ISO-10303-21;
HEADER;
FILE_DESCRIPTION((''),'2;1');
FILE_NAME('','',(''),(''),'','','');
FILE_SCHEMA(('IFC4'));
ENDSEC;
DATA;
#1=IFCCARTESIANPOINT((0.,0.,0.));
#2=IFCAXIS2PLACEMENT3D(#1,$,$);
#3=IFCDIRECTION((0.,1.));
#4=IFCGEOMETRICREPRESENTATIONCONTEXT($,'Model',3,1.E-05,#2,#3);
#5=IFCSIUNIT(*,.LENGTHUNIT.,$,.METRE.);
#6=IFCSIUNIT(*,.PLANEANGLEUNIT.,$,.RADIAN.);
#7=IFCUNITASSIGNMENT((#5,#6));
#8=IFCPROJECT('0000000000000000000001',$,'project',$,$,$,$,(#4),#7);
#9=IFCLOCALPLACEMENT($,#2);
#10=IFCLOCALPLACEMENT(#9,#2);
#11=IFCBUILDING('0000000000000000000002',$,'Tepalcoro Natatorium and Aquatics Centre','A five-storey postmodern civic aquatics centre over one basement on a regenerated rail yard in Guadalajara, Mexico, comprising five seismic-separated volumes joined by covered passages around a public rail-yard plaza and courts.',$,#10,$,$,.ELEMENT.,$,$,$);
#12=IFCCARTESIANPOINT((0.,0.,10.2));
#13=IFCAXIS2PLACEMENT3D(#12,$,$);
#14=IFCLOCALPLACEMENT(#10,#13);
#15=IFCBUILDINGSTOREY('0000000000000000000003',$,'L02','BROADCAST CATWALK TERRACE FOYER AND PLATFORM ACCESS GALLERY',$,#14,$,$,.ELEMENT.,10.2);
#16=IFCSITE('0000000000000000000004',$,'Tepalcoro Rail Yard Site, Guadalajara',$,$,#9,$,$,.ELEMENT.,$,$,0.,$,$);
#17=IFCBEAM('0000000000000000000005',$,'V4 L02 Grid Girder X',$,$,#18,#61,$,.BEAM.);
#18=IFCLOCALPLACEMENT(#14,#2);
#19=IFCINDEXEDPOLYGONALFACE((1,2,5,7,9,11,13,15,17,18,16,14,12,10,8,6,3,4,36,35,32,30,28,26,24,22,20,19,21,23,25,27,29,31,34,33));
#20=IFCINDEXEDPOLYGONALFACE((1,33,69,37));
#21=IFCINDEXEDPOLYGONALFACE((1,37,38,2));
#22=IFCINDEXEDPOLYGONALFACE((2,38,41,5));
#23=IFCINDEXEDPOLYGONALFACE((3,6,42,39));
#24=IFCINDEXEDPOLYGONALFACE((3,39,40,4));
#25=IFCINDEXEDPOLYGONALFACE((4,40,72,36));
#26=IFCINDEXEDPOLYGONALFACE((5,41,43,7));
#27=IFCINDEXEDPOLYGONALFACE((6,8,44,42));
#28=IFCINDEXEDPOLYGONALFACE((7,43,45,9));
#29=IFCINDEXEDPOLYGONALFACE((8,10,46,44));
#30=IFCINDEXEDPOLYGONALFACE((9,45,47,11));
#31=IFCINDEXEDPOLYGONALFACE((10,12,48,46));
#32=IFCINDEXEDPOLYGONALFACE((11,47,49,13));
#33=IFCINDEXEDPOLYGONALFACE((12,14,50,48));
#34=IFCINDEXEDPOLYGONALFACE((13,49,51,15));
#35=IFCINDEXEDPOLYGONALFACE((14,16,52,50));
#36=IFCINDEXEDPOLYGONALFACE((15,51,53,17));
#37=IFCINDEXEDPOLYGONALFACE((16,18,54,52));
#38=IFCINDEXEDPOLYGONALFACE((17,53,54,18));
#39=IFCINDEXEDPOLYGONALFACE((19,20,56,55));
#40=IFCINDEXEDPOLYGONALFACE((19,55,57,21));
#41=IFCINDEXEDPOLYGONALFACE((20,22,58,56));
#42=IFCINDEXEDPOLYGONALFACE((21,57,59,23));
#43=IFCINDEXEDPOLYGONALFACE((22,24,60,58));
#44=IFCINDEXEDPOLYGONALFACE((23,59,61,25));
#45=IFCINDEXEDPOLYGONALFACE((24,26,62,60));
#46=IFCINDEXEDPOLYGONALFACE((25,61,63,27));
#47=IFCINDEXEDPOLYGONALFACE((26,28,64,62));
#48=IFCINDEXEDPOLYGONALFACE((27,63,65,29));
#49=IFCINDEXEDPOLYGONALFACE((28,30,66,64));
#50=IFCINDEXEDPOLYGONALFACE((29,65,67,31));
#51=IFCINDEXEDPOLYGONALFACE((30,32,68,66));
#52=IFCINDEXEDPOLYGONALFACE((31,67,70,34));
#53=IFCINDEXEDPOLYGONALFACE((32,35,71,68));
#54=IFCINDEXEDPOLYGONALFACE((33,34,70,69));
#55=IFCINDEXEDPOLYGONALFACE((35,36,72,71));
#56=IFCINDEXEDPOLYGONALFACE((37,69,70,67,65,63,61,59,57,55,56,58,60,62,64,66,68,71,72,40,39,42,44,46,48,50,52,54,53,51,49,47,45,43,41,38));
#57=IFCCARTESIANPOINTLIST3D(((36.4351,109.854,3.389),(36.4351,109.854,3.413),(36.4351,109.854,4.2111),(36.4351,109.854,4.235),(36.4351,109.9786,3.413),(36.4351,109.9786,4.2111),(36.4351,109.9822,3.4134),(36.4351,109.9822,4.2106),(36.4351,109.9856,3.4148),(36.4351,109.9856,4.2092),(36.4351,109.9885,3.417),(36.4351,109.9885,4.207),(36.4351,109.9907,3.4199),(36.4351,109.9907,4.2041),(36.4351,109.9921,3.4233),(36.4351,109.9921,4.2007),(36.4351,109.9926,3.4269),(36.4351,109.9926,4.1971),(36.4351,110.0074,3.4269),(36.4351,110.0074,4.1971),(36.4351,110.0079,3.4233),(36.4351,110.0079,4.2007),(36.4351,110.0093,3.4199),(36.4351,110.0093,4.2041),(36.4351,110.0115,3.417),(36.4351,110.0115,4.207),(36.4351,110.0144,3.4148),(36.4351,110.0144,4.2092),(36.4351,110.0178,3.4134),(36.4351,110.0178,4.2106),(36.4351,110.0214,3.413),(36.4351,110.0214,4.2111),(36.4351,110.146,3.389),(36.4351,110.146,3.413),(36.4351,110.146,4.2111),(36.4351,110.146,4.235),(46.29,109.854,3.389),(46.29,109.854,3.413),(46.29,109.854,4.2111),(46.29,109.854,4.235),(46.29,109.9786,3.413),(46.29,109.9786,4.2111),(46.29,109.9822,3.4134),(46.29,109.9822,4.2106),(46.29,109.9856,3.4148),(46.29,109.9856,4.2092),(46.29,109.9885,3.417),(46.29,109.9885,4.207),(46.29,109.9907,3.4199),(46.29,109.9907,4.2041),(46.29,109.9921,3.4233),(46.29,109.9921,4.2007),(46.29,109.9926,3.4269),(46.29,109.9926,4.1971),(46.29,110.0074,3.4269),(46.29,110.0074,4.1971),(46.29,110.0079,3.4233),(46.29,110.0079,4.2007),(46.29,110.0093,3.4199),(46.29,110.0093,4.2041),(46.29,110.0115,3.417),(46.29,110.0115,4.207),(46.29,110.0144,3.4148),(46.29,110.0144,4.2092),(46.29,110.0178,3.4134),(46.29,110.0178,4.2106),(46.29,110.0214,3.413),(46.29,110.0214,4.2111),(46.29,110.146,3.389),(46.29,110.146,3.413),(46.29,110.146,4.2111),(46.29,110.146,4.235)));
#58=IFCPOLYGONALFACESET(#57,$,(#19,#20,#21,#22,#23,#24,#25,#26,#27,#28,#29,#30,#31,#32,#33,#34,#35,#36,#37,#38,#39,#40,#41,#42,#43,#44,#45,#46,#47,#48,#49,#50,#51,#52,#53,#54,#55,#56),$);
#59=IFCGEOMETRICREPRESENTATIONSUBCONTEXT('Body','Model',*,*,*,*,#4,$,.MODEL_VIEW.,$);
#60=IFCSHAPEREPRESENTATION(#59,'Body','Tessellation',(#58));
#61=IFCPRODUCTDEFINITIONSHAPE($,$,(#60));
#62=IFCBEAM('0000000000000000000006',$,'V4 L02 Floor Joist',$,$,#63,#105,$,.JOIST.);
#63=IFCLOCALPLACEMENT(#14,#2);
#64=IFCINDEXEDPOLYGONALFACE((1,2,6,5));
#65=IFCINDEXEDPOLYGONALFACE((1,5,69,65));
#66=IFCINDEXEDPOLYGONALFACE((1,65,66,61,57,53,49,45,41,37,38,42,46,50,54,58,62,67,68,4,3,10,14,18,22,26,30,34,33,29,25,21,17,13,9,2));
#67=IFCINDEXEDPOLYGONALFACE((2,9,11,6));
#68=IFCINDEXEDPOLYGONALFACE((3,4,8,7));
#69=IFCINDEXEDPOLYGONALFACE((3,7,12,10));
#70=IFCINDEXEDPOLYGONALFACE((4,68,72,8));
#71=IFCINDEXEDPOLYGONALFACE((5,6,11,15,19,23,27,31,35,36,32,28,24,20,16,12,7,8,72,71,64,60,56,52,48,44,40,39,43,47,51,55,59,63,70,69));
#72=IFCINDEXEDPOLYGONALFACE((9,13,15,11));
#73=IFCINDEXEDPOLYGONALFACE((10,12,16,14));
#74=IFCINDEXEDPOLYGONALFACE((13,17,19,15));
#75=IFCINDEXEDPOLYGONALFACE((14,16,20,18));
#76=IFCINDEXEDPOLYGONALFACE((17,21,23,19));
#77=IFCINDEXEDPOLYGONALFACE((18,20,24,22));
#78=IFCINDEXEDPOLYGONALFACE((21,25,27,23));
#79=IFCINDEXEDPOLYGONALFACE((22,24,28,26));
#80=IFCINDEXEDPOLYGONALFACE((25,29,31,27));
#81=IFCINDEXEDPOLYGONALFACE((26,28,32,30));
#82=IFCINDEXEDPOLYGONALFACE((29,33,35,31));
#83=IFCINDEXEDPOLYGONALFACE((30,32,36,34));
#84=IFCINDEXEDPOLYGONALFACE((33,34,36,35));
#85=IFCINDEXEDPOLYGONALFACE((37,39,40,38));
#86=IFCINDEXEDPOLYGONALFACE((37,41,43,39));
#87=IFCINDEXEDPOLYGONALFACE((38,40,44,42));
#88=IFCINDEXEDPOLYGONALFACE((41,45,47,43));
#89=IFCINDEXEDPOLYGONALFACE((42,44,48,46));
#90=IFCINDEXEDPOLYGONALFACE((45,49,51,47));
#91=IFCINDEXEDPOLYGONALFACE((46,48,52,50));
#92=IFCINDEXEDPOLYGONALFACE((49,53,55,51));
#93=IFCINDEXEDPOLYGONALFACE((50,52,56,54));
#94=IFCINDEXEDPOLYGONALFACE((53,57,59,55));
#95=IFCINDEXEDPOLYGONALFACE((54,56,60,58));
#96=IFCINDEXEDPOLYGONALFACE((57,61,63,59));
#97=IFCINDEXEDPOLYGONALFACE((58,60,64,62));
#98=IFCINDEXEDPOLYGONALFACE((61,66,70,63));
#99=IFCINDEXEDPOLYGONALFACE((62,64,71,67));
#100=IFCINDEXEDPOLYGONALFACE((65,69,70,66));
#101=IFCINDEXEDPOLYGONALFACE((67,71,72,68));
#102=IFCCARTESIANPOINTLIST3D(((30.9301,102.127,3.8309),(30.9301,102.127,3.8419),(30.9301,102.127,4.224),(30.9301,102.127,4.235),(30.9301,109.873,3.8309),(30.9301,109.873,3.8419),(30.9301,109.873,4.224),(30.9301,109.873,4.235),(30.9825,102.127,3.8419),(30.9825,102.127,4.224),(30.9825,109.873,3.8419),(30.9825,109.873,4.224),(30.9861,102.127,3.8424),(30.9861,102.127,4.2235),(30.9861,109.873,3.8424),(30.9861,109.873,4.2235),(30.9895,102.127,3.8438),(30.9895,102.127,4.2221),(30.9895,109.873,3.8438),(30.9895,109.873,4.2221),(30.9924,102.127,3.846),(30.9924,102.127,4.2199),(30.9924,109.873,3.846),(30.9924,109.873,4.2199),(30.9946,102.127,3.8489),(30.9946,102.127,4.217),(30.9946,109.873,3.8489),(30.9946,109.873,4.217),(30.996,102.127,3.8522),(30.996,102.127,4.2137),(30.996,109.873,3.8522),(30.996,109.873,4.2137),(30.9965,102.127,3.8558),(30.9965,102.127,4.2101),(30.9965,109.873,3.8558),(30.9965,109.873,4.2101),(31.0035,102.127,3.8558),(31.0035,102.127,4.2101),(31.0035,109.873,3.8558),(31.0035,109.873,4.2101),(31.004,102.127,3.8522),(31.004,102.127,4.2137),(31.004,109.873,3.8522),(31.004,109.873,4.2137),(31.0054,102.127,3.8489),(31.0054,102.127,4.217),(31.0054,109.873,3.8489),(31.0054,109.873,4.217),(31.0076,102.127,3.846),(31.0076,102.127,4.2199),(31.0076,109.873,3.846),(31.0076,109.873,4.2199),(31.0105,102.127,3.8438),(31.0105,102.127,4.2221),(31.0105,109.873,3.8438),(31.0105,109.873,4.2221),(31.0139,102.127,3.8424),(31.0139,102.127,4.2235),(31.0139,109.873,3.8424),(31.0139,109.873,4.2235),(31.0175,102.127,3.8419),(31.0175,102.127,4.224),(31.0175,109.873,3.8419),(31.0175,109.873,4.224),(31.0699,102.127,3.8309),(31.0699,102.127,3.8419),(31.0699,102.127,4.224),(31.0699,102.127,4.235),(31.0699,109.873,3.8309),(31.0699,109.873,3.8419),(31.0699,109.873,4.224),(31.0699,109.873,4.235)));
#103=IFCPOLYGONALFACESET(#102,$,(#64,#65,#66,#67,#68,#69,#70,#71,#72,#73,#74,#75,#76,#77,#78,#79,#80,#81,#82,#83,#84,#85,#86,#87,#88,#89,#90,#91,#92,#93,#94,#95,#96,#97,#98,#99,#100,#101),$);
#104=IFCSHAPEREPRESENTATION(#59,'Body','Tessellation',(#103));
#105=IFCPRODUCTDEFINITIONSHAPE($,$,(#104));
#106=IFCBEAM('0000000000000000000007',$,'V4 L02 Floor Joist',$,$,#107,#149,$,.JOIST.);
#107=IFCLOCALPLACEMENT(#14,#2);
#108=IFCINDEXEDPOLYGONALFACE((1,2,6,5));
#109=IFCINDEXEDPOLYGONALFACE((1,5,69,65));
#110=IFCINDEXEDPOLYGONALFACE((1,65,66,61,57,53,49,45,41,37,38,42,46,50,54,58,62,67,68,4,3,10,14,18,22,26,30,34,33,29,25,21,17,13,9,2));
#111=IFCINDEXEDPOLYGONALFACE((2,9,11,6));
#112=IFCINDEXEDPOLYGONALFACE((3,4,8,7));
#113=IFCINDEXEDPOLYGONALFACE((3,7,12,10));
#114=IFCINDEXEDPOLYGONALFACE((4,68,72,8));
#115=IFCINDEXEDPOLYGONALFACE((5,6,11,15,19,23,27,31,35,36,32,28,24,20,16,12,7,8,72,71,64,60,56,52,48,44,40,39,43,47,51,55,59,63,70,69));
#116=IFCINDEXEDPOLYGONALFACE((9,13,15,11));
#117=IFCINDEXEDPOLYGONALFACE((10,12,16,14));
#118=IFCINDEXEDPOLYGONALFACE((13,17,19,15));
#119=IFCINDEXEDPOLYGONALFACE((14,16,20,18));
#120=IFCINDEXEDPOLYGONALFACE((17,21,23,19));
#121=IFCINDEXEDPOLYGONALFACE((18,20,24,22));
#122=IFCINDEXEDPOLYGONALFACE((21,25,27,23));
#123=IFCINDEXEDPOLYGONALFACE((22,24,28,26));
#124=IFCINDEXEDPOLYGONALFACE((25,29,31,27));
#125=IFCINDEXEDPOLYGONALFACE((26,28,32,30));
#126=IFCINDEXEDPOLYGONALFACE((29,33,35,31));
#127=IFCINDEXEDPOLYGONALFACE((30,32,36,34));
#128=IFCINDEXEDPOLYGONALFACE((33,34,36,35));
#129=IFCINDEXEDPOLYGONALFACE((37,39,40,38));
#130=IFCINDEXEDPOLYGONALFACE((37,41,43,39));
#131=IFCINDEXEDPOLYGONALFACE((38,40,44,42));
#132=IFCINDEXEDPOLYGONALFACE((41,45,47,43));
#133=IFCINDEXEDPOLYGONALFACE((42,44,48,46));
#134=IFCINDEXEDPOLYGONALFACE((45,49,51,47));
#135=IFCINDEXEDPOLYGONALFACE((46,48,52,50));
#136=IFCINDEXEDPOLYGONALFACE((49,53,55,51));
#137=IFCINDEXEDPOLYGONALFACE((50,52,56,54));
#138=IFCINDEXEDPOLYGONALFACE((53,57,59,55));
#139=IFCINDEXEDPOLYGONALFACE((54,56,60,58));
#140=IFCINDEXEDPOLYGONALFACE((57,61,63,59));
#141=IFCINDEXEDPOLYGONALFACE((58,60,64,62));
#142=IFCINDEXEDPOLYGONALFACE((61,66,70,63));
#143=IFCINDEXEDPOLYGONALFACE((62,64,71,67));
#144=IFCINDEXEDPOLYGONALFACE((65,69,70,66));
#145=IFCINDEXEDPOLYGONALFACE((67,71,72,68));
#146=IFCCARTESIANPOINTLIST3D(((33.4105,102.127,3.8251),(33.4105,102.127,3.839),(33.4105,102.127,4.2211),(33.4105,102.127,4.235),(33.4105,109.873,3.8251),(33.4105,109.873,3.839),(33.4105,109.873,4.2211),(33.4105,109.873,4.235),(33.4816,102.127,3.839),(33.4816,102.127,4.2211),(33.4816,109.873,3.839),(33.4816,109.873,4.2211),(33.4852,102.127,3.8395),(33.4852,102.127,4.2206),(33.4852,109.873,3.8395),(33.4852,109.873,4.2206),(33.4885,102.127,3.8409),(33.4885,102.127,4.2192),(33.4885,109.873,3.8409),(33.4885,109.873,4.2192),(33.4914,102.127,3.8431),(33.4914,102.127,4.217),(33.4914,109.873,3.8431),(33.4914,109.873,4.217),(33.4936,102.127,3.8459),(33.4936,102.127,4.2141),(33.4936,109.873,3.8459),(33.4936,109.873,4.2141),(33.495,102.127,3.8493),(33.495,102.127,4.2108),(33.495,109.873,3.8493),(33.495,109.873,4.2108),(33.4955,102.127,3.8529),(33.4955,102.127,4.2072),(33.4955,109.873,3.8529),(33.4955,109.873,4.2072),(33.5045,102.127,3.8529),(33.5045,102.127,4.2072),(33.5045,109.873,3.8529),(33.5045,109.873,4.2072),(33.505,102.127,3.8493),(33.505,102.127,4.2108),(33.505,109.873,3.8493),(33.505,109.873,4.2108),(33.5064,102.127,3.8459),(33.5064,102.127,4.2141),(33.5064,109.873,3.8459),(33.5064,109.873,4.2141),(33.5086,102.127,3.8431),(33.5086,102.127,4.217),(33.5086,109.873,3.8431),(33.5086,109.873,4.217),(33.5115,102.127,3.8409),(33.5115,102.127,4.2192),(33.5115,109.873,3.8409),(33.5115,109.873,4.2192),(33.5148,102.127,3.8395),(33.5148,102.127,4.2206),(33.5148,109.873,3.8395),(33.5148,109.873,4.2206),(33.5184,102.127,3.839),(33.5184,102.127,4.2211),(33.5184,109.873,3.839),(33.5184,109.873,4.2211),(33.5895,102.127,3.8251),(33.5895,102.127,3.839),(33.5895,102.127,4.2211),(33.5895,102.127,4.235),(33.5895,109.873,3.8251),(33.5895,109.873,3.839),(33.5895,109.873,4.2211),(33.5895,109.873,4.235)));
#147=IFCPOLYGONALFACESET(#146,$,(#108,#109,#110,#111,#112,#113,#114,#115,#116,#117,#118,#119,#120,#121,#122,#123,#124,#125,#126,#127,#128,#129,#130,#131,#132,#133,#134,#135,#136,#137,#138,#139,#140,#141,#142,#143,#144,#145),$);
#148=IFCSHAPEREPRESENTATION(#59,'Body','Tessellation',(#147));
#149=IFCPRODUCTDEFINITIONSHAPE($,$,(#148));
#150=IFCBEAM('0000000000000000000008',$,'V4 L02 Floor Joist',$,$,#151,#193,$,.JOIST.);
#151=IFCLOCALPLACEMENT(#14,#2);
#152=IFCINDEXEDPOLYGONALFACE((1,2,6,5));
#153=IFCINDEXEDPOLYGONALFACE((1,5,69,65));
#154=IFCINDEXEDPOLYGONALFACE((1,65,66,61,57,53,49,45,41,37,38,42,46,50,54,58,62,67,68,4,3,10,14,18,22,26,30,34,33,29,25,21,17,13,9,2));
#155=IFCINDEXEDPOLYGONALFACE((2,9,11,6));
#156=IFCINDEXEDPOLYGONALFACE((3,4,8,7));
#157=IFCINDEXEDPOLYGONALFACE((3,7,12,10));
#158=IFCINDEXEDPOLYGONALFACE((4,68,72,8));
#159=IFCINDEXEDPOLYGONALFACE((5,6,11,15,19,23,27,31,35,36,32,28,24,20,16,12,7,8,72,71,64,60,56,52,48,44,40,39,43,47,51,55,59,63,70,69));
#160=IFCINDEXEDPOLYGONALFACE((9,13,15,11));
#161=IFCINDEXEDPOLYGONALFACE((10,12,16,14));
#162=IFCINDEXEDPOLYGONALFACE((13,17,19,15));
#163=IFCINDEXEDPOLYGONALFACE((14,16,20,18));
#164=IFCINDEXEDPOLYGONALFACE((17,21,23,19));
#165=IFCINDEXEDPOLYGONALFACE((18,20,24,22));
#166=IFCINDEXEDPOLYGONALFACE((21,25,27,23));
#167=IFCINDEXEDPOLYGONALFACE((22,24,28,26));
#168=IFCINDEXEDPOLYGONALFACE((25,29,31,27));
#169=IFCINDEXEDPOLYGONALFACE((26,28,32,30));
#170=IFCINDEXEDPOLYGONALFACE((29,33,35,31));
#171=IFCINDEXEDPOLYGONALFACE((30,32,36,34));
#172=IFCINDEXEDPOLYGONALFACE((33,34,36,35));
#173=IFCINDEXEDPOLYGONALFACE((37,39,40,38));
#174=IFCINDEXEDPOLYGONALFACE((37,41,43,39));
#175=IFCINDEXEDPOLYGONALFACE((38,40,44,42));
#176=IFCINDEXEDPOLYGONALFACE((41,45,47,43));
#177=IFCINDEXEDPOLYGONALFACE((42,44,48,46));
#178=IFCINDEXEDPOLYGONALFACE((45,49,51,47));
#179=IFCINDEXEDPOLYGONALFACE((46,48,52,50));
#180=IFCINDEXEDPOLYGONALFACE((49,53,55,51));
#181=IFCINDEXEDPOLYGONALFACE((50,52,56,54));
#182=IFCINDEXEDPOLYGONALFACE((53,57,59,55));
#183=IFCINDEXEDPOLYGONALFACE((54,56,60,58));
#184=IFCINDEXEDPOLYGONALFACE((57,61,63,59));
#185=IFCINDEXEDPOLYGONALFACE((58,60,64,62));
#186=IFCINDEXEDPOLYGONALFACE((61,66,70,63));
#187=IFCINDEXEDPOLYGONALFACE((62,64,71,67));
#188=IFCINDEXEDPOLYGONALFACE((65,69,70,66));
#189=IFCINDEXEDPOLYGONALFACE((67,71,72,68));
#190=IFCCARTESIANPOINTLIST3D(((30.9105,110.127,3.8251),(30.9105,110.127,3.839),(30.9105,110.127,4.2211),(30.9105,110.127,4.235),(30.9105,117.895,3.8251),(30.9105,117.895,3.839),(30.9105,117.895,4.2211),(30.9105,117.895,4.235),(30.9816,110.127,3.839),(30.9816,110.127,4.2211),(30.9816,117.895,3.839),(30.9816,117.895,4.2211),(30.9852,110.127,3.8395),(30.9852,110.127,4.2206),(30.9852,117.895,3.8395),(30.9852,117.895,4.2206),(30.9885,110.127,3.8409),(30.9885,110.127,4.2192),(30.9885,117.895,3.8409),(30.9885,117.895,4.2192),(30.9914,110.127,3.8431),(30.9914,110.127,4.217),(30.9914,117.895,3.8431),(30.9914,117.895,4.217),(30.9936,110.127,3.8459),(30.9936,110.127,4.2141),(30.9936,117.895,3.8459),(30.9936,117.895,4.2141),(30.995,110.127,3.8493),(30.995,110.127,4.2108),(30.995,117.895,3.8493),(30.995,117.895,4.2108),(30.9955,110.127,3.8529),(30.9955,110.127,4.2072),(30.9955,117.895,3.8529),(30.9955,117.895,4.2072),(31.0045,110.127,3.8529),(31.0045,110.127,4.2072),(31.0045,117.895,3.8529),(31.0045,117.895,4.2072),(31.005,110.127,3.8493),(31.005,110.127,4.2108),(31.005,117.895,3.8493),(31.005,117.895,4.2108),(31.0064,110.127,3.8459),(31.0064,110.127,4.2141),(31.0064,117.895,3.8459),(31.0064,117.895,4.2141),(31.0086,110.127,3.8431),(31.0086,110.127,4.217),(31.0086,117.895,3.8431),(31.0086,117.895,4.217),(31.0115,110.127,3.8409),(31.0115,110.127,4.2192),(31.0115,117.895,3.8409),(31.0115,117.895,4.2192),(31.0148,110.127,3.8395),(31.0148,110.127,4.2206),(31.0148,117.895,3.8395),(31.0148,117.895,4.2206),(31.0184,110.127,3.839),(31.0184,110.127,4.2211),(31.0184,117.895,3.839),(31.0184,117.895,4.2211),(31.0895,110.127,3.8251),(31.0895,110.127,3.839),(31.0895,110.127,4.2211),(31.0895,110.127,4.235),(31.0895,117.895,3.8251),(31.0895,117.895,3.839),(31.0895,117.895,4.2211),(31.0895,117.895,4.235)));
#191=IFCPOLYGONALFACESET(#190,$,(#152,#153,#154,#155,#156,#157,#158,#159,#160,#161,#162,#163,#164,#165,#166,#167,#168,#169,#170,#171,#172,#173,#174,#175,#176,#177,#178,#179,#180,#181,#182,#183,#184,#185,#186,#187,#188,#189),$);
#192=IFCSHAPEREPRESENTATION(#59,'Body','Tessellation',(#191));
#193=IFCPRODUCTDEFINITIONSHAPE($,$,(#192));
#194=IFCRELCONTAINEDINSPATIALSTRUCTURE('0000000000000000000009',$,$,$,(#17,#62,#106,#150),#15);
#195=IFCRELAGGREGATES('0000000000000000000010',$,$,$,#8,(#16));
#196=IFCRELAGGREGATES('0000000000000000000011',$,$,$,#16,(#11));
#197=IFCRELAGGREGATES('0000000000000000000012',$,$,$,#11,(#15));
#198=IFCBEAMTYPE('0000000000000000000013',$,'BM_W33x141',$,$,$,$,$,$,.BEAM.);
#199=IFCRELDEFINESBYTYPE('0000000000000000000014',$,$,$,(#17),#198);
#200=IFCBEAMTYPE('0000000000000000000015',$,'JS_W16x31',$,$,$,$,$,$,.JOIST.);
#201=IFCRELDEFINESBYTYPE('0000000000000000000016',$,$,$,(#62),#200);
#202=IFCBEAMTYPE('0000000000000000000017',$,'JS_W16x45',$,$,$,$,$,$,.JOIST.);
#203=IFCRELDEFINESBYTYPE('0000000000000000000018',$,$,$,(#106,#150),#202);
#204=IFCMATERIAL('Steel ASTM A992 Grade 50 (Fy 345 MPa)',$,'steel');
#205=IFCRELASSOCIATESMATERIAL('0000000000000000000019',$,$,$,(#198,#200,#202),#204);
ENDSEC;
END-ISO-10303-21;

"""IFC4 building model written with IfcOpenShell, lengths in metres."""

from ifc_helpers import new_model, si_unit, direction, frame, origin, origin_2d, place, context, subcontext, project, spatial, i_section, extrude, material, material_profile, profile_set, type_object, element, save


model = new_model("IFC4")

# Units and contexts
model_context = context("Model", 3, precision=1e-05, world=origin(), true_north=direction((0.0, 1.0)))
body_context = subcontext(model_context, "Body", "Model", "MODEL_VIEW")
ifc_project = project(units=[si_unit("LENGTHUNIT", "METRE"), si_unit("PLANEANGLEUNIT", "RADIAN")], contexts=[model_context])

# Site, building, storey
site_placement = place(None, origin())
site = spatial("IfcSite", under=ifc_project, at=site_placement, Name="Tepalcoro Rail Yard Site, Guadalajara", CompositionType="ELEMENT", RefElevation=0.0)
building_placement = place(site_placement, origin())
building = spatial("IfcBuilding", under=site, at=building_placement, Name="Tepalcoro Natatorium and Aquatics Centre", Description="A five-storey postmodern civic aquatics centre over one basement on a regenerated rail yard in Guadalajara, Mexico, comprising five seismic-separated volumes joined by covered passages around a public rail-yard plaza and courts.", CompositionType="ELEMENT")
storey_placement = place(building_placement, frame((0.0, 0.0, 10.2)))
storey = spatial("IfcBuildingStorey", under=building, at=storey_placement, Name="L02", Description="BROADCAST CATWALK TERRACE FOYER AND PLATFORM ACCESS GALLERY", CompositionType="ELEMENT", Elevation=10.2)

# Beams
ifc_material_1 = material(Name="Steel ASTM A992 Grade 50 (Fy 345 MPa)", Category="steel")
ifc_material_profile_1 = material_profile(ifc_material_1, i_section(OverallWidth=0.292, OverallDepth=0.8459, WebThickness=0.0149, FlangeThickness=0.0239, FilletRadius=0.0139, at=origin_2d()), Name="W33X141")
ifc_profile_set_1 = profile_set([ifc_material_profile_1], Name="Steel ASTM A992 Grade 50 (Fy 345 MPa)")
beam_type_1 = type_object("IfcBeamType", Name="BM_W33x141", PredefinedType="BEAM", material=ifc_profile_set_1)
beam_1_placement = place(storey_placement, frame((36.4351, 110.0, 3.812), z_axis=(1.0, 0.0, 0.0), x_axis=(0.0, 1.0, 0.0)))
element("IfcBeam", 1, at=beam_1_placement, inside=storey, type_object=beam_type_1, Name="V4 L02 Grid Girder X", PredefinedType="BEAM", context=body_context, shape_type="SweptSolid", body=[
    extrude(i_section(OverallWidth=0.292, OverallDepth=0.8459, WebThickness=0.0149, FlangeThickness=0.0239, FilletRadius=0.0139, at=origin_2d()), origin(), (0.0, 0.0, 1.0), 9.855),
])
ifc_material_profile_2 = material_profile(ifc_material_1, i_section(OverallWidth=0.1399, OverallDepth=0.4041, WebThickness=0.0071, FlangeThickness=0.011, FilletRadius=0.0139, at=origin_2d()), Name="W16X31")
ifc_profile_set_2 = profile_set([ifc_material_profile_2], Name="Steel ASTM A992 Grade 50 (Fy 345 MPa)")
beam_type_2 = type_object("IfcBeamType", Name="JS_W16x31", PredefinedType="JOIST", material=ifc_profile_set_2)
beam_2_placement = place(storey_placement, frame((31.0, 102.127, 4.033), z_axis=(0.0, 1.0, 0.0), x_axis=(-1.0, 0.0, 0.0)))
element("IfcBeam", 2, at=beam_2_placement, inside=storey, type_object=beam_type_2, Name="V4 L02 Floor Joist", PredefinedType="JOIST", context=body_context, shape_type="SweptSolid", body=[
    extrude(i_section(OverallWidth=0.1399, OverallDepth=0.4041, WebThickness=0.0071, FlangeThickness=0.011, FilletRadius=0.0139, at=origin_2d()), origin(), (0.0, 0.0, 1.0), 7.7461),
])
ifc_material_profile_3 = material_profile(ifc_material_1, i_section(OverallWidth=0.179, OverallDepth=0.4099, WebThickness=0.009, FlangeThickness=0.0139, FilletRadius=0.0139, at=origin_2d()), Name="W16X45")
ifc_profile_set_3 = profile_set([ifc_material_profile_3], Name="Steel ASTM A992 Grade 50 (Fy 345 MPa)")
beam_type_3 = type_object("IfcBeamType", Name="JS_W16x45", PredefinedType="JOIST", material=ifc_profile_set_3)
beam_3_placement = place(storey_placement, frame((33.5, 102.127, 4.03), z_axis=(0.0, 1.0, 0.0), x_axis=(-1.0, 0.0, 0.0)))
element("IfcBeam", 3, at=beam_3_placement, inside=storey, type_object=beam_type_3, Name="V4 L02 Floor Joist", PredefinedType="JOIST", context=body_context, shape_type="SweptSolid", body=[
    extrude(i_section(OverallWidth=0.179, OverallDepth=0.4099, WebThickness=0.009, FlangeThickness=0.0139, FilletRadius=0.0139, at=origin_2d()), origin(), (0.0, 0.0, 1.0), 7.7461),
])
beam_4_placement = place(storey_placement, frame((31.0, 110.127, 4.03), z_axis=(0.0, 1.0, 0.0), x_axis=(-1.0, 0.0, 0.0)))
element("IfcBeam", 4, at=beam_4_placement, inside=storey, type_object=beam_type_3, Name="V4 L02 Floor Joist", PredefinedType="JOIST", context=body_context, shape_type="SweptSolid", body=[
    extrude(i_section(OverallWidth=0.179, OverallDepth=0.4099, WebThickness=0.009, FlangeThickness=0.0139, FilletRadius=0.0139, at=origin_2d()), origin(), (0.0, 0.0, 1.0), 7.7681),
])

save(model, "model.ifc")
